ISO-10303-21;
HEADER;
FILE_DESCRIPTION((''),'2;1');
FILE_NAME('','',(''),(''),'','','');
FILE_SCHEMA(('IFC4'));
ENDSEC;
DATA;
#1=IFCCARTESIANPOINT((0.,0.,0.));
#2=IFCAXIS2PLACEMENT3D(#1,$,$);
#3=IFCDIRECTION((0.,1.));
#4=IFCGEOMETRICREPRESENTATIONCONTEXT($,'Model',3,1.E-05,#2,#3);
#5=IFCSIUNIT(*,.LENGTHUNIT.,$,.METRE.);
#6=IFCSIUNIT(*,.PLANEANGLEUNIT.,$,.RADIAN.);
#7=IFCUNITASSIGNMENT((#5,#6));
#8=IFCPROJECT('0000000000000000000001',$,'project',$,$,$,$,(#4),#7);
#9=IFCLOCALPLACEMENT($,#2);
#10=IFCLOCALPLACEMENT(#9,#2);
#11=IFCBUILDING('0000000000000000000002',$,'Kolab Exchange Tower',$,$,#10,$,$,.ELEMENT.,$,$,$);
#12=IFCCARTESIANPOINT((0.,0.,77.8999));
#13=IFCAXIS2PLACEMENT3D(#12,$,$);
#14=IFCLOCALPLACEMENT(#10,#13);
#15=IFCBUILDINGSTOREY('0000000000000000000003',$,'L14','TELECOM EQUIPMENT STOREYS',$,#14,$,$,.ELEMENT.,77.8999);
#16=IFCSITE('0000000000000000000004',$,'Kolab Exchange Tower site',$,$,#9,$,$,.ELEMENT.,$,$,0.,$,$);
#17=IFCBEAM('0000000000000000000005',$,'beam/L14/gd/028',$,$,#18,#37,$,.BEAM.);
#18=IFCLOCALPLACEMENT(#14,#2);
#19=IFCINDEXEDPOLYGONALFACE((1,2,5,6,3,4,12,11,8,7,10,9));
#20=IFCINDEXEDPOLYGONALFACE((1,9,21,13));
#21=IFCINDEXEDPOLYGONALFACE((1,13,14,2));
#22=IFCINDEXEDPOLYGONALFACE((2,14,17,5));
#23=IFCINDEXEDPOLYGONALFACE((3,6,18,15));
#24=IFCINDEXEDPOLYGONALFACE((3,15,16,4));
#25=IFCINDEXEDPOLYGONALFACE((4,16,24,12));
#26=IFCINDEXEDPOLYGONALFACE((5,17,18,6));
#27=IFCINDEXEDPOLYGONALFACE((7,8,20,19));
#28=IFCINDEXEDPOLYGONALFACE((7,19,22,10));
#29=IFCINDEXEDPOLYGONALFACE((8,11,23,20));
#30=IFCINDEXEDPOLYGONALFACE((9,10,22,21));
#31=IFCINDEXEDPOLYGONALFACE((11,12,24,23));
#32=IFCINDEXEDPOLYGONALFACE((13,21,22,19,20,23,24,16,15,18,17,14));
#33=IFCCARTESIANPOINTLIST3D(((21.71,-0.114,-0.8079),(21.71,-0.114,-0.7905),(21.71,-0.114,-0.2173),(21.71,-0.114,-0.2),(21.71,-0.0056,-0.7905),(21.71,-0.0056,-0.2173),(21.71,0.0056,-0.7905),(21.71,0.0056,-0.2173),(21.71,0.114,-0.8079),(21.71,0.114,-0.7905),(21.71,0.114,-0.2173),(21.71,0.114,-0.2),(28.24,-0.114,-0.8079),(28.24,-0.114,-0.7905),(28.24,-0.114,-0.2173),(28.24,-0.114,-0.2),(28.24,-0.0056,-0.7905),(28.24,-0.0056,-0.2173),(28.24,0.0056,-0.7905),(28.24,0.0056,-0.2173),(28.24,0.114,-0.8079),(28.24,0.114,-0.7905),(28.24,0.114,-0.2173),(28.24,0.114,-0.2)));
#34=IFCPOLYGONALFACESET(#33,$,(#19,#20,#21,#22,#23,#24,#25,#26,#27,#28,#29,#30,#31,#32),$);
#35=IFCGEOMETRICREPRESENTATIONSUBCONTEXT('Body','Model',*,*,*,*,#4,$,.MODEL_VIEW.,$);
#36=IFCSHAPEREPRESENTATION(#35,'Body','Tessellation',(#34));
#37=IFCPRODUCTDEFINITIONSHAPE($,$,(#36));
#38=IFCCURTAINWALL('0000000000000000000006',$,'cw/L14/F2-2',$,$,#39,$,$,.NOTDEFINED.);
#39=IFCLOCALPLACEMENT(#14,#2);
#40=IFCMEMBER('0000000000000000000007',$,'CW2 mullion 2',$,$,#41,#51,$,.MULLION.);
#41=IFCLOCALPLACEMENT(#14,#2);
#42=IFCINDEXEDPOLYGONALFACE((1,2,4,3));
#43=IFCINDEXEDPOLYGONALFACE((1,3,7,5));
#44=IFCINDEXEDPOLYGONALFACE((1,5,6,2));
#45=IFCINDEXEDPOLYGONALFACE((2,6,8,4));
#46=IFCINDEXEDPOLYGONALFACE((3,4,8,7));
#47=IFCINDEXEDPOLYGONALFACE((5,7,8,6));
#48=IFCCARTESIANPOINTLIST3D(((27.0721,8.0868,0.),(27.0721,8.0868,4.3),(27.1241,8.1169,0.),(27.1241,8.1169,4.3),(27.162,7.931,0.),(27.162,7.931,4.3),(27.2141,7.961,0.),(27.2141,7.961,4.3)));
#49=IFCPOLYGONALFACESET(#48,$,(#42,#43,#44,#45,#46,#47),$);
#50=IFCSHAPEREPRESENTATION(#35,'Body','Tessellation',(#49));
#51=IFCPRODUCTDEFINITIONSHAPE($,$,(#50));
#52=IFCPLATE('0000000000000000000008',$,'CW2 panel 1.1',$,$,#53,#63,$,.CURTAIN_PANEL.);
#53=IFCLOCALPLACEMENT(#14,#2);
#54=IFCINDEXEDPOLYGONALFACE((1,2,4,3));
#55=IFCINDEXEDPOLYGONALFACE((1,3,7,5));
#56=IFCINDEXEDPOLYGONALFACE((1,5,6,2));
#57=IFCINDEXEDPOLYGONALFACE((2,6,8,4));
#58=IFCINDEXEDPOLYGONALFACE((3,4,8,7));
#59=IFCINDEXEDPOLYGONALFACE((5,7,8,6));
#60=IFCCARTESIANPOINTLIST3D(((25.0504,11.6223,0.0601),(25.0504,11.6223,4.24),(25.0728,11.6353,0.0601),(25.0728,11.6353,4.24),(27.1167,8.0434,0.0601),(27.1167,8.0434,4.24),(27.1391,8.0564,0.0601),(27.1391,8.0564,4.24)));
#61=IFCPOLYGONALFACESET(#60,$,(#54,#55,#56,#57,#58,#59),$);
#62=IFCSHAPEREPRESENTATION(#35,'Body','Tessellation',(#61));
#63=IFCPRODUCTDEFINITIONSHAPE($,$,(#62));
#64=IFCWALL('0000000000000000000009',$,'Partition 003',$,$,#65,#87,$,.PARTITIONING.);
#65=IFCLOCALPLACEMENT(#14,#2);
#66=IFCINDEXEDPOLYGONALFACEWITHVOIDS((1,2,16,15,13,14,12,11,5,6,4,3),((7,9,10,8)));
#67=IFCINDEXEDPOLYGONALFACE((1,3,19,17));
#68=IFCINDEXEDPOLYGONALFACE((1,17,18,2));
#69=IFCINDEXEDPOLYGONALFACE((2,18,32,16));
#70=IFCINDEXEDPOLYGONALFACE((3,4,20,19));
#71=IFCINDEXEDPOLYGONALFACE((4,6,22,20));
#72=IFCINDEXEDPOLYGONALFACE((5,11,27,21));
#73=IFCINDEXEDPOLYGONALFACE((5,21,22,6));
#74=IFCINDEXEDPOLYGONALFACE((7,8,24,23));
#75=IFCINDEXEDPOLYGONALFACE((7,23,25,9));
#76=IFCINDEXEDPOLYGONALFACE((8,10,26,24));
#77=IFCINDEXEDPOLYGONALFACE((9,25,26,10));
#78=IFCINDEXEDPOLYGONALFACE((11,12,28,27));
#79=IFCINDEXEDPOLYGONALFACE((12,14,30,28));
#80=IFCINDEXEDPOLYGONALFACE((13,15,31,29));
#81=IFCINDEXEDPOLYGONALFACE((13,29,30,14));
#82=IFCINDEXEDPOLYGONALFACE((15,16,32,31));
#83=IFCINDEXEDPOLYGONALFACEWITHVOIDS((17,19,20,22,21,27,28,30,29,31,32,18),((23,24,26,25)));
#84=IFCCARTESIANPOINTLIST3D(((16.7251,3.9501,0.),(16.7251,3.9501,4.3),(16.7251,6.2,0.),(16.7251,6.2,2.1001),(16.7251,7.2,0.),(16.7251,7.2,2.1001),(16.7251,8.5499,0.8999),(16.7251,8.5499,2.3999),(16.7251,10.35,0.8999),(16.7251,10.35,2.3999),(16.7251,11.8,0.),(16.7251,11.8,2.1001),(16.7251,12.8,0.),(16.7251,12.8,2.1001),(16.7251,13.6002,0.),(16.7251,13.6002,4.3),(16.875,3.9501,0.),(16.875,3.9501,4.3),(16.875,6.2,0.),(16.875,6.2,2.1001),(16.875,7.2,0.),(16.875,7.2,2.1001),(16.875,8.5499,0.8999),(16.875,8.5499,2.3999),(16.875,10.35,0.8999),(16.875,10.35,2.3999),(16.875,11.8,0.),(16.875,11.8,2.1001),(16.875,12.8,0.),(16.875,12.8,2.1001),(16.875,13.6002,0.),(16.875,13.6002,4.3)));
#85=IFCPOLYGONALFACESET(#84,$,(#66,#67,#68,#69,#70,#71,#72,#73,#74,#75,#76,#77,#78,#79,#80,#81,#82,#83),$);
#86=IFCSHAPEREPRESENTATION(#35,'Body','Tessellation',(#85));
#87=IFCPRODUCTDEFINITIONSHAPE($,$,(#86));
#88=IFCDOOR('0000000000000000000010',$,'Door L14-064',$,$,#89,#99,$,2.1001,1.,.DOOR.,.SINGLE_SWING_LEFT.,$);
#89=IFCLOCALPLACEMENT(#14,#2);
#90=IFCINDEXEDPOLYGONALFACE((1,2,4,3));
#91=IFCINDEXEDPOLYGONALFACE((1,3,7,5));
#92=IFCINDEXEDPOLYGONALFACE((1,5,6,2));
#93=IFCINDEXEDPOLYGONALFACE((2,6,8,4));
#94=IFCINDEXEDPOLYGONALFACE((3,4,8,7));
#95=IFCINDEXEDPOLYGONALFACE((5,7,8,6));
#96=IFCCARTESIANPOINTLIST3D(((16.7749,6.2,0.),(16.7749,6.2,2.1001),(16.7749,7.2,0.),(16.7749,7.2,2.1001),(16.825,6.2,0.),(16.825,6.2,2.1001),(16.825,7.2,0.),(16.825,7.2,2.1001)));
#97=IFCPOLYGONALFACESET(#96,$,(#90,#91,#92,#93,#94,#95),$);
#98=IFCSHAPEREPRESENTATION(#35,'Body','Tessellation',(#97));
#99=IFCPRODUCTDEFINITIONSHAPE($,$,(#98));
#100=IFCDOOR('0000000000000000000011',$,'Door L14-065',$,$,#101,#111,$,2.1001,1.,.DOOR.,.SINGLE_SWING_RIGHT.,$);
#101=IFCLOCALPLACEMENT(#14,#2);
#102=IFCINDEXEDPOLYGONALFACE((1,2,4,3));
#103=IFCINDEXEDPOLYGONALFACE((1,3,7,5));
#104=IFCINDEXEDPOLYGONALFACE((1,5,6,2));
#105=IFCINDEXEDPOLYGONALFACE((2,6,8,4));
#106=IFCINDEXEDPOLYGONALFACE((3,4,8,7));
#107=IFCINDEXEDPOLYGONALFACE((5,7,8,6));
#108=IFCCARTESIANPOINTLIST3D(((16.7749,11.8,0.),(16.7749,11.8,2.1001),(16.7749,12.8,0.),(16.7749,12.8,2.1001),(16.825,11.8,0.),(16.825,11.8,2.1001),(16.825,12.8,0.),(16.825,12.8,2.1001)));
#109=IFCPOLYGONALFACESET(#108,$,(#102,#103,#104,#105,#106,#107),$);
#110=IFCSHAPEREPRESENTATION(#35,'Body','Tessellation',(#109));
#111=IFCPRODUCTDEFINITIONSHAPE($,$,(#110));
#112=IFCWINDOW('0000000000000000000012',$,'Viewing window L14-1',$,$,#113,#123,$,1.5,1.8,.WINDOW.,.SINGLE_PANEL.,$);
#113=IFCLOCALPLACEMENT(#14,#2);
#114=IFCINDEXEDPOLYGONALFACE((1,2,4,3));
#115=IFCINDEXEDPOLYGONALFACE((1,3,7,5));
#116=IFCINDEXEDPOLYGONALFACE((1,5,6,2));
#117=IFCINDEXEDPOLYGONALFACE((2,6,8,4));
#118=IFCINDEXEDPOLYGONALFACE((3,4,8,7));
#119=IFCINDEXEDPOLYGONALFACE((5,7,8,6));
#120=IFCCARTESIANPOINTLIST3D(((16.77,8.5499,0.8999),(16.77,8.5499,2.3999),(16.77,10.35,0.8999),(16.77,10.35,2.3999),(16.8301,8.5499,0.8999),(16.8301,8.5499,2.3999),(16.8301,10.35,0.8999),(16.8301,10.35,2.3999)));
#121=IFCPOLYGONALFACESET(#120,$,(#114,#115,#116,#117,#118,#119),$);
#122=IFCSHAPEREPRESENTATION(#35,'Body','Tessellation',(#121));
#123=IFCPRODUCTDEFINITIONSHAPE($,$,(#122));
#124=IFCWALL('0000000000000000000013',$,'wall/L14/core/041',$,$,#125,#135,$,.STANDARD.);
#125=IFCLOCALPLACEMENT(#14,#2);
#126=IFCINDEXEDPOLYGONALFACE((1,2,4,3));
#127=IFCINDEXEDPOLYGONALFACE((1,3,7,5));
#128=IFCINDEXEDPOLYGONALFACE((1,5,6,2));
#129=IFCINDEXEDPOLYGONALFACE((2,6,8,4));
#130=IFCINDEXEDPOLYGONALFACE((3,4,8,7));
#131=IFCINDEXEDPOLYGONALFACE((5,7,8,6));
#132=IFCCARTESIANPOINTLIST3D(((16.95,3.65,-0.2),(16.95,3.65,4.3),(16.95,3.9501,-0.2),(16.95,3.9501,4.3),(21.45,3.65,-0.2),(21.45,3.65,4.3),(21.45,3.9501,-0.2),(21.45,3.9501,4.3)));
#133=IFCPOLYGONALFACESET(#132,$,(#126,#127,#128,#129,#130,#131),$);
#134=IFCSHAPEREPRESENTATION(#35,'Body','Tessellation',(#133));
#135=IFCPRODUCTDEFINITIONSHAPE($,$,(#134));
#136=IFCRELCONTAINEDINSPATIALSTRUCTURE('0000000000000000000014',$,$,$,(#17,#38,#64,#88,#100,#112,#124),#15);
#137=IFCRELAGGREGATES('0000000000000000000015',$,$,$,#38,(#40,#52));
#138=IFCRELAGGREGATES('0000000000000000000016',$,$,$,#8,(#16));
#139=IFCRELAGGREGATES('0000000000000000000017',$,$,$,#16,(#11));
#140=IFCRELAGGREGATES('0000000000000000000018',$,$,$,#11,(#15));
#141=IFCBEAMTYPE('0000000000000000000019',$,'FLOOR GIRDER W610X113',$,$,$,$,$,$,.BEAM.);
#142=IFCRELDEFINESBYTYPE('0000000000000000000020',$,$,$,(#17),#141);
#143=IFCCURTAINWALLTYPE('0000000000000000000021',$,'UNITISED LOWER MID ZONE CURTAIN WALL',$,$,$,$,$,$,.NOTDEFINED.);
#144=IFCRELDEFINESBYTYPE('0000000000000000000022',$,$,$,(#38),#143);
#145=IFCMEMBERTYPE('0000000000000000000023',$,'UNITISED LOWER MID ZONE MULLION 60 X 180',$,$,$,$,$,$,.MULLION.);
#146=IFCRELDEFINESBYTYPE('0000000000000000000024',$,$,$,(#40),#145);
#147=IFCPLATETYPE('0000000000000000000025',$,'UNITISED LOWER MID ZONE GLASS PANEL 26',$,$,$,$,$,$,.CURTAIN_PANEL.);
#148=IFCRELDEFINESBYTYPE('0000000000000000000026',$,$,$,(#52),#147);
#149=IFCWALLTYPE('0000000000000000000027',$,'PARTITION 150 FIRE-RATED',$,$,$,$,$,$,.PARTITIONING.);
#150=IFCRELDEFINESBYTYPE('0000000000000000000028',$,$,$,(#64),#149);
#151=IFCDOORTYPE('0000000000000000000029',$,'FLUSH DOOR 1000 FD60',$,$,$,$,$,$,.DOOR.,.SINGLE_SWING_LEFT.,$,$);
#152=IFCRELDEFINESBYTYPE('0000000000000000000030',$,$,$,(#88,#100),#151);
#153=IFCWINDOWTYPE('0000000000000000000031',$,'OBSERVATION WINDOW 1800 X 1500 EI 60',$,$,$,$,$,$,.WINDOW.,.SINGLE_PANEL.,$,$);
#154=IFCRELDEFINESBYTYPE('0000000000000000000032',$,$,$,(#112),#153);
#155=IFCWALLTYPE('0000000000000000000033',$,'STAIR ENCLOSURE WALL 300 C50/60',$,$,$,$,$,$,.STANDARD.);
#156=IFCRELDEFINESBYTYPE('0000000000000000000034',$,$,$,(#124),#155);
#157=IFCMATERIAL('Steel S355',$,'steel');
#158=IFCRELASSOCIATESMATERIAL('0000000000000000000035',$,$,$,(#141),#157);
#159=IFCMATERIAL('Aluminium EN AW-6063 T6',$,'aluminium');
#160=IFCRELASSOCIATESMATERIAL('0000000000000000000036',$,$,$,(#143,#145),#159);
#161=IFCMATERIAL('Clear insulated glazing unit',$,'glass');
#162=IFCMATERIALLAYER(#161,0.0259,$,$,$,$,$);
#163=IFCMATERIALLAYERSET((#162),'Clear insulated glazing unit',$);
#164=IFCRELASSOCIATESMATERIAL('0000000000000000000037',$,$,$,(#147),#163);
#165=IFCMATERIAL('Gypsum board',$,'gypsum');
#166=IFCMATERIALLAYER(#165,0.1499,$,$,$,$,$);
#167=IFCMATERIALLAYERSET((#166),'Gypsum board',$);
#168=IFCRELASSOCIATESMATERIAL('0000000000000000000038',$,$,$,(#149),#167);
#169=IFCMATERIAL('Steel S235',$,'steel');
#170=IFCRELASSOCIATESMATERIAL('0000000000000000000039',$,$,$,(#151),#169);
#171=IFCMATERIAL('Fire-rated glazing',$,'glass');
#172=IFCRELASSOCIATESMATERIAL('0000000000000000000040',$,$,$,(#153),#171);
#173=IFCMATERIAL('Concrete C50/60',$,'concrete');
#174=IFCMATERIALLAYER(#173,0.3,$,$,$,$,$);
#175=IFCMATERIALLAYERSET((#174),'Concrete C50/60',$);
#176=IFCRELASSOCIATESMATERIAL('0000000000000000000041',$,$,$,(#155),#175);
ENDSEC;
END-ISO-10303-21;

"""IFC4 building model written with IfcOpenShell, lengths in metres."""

from ifc_helpers import new_model, si_unit, direction, frame, frame_2d, origin, origin_2d, place, context, subcontext, project, spatial, rectangle, i_section, extrude, material, layer, layer_set, material_profile, profile_set, type_object, element, fill, aggregate, save


model = new_model("IFC4")

# Units and contexts
model_context = context("Model", 3, precision=1e-05, world=origin(), true_north=direction((0.0, 1.0)))
body_context = subcontext(model_context, "Body", "Model", "MODEL_VIEW")
ifc_project = project(units=[si_unit("LENGTHUNIT", "METRE"), si_unit("PLANEANGLEUNIT", "RADIAN")], contexts=[model_context])

# Site, building, storey
site_placement = place(None, origin())
site = spatial("IfcSite", under=ifc_project, at=site_placement, Name="Kolab Exchange Tower site", CompositionType="ELEMENT", RefElevation=0.0)
building_placement = place(site_placement, origin())
building = spatial("IfcBuilding", under=site, at=building_placement, Name="Kolab Exchange Tower", CompositionType="ELEMENT")
storey_placement = place(building_placement, frame((0.0, 0.0, 77.8999)))
storey = spatial("IfcBuildingStorey", under=building, at=storey_placement, Name="L14", Description="TELECOM EQUIPMENT STOREYS", CompositionType="ELEMENT", Elevation=77.8999)

# Beam
ifc_material_1 = material(Name="Steel S355", Category="steel")
ifc_material_profile_1 = material_profile(ifc_material_1, i_section(OverallWidth=0.228, OverallDepth=0.6079, WebThickness=0.0112, FlangeThickness=0.0173, at=origin_2d()), Name="W610X113")
ifc_profile_set_1 = profile_set([ifc_material_profile_1], Name="Steel S355")
beam_type_1 = type_object("IfcBeamType", Name="FLOOR GIRDER W610X113", PredefinedType="BEAM", material=ifc_profile_set_1)
beam_1_placement = place(storey_placement, frame((21.71, 0.0, -0.5039), z_axis=(1.0, 0.0, 0.0), x_axis=(0.0, 1.0, 0.0)))
element("IfcBeam", 1, at=beam_1_placement, inside=storey, type_object=beam_type_1, Name="beam/L14/gd/028", PredefinedType="BEAM", context=body_context, shape_type="SweptSolid", body=[
    extrude(i_section(OverallWidth=0.228, OverallDepth=0.6079, WebThickness=0.0112, FlangeThickness=0.0173, at=origin_2d()), origin(), (0.0, 0.0, 1.0), 6.53),
])

# Curtain wall, member, plate
ifc_material_2 = material(Name="Aluminium EN AW-6063 T6", Category="aluminium")
curtain_wall_type = type_object("IfcCurtainWallType", Name="UNITISED LOWER MID ZONE CURTAIN WALL", PredefinedType="NOTDEFINED", material=ifc_material_2)
curtain_wall_placement = place(storey_placement, origin())
curtain_wall = element("IfcCurtainWall", 2, at=curtain_wall_placement, inside=storey, type_object=curtain_wall_type, Name="cw/L14/F2-2", PredefinedType="NOTDEFINED")
ifc_material_profile_2 = material_profile(ifc_material_2, rectangle(XDim=0.0601, YDim=0.1799, at=origin_2d()), Name="RECT 60X180")
ifc_profile_set_2 = profile_set([ifc_material_profile_2], Name="Aluminium EN AW-6063 T6")
member_type = type_object("IfcMemberType", Name="UNITISED LOWER MID ZONE MULLION 60 X 180", PredefinedType="MULLION", material=ifc_profile_set_2)
member_placement = place(storey_placement, frame((27.1431, 8.0239, 0.0), z_axis=(0.0, 0.0, 1.0), x_axis=(0.866025, 0.5, 0.0)))
member = element("IfcMember", 3, at=member_placement, type_object=member_type, Name="CW2 mullion 2", PredefinedType="MULLION", context=body_context, shape_type="SweptSolid", body=[
    extrude(rectangle(XDim=0.0601, YDim=0.1799, at=origin_2d()), origin(), (0.0, 0.0, 1.0), 4.3),
])
ifc_material_3 = material(Name="Clear insulated glazing unit", Category="glass")
ifc_layer_1 = layer(ifc_material_3, 0.0259)
ifc_layer_set_1 = layer_set([ifc_layer_1], Name="Clear insulated glazing unit")
plate_type = type_object("IfcPlateType", Name="UNITISED LOWER MID ZONE GLASS PANEL 26", PredefinedType="CURTAIN_PANEL", material=ifc_layer_set_1)
plate_placement = place(storey_placement, frame((26.0947, 9.8394, 0.0601), z_axis=(0.0, 0.0, 1.0), x_axis=(0.5, -0.866025, 0.0)))
plate = element("IfcPlate", 4, at=plate_placement, type_object=plate_type, Name="CW2 panel 1.1", PredefinedType="CURTAIN_PANEL", context=body_context, shape_type="SweptSolid", body=[
    extrude(rectangle(XDim=4.1326, YDim=0.0259, at=origin_2d()), origin(), (0.0, 0.0, 1.0), 4.1799),
])
aggregate(curtain_wall, [member, plate])

# Wall, openings, doors, window
ifc_material_4 = material(Name="Gypsum board", Category="gypsum")
ifc_layer_2 = layer(ifc_material_4, 0.1499)
ifc_layer_set_2 = layer_set([ifc_layer_2], Name="Gypsum board")
wall_type_1 = type_object("IfcWallType", Name="PARTITION 150 FIRE-RATED", PredefinedType="PARTITIONING", material=ifc_layer_set_2)
wall_1_placement = place(storey_placement, frame((16.8, 3.95, 0.0), z_axis=(0.0, 0.0, 1.0), x_axis=(0.0, 1.0, 0.0)))
wall_1 = element("IfcWall", 5, at=wall_1_placement, inside=storey, type_object=wall_type_1, Name="Partition 003", PredefinedType="PARTITIONING", context=body_context, shape_type="SweptSolid", body=[
    extrude(rectangle(XDim=9.6501, YDim=0.1499, at=frame_2d((4.8252, 0.0))), origin(), (0.0, 0.0, 1.0), 4.3),
])
opening_1_placement = place(wall_1_placement, frame((2.25, 0.0, 0.0)))
opening_1 = element("IfcOpeningElement", 6, at=opening_1_placement, cuts=wall_1, PredefinedType="OPENING", context=body_context, shape_type="SweptSolid", body=[
    extrude(rectangle(XDim=1.0, YDim=2.1001, at=frame_2d((0.5, 1.05))), frame((0.0, 0.085, 0.0), z_axis=(0.0, -1.0, 0.0), x_axis=(1.0, 0.0, 0.0)), (0.0, 0.0, 1.0), 0.1699),
])
opening_2_placement = place(wall_1_placement, frame((7.8501, 0.0, 0.0)))
opening_2 = element("IfcOpeningElement", 7, at=opening_2_placement, cuts=wall_1, PredefinedType="OPENING", context=body_context, shape_type="SweptSolid", body=[
    extrude(rectangle(XDim=1.0, YDim=2.1001, at=frame_2d((0.5, 1.05))), frame((0.0, 0.085, 0.0), z_axis=(0.0, -1.0, 0.0), x_axis=(1.0, 0.0, 0.0)), (0.0, 0.0, 1.0), 0.1699),
])
opening_3_placement = place(wall_1_placement, frame((4.6001, 0.0, 0.8999)))
opening_3 = element("IfcOpeningElement", 8, at=opening_3_placement, cuts=wall_1, PredefinedType="OPENING", context=body_context, shape_type="SweptSolid", body=[
    extrude(rectangle(XDim=1.8, YDim=1.5, at=frame_2d((0.8999, 0.75))), frame((0.0, 0.085, 0.0), z_axis=(0.0, -1.0, 0.0), x_axis=(1.0, 0.0, 0.0)), (0.0, 0.0, 1.0), 0.1699),
])
ifc_material_5 = material(Name="Steel S235", Category="steel")
door_type = type_object("IfcDoorType", Name="FLUSH DOOR 1000 FD60", OperationType="SINGLE_SWING_LEFT", PredefinedType="DOOR", material=ifc_material_5)
door_1_placement = place(opening_1_placement, frame((1.0, 0.0, 0.0), z_axis=(0.0, 0.0, 1.0), x_axis=(-1.0, 0.0, 0.0)))
door_1 = element("IfcDoor", 9, at=door_1_placement, inside=storey, type_object=door_type, Name="Door L14-064", OperationType="SINGLE_SWING_LEFT", OverallHeight=2.1001, OverallWidth=1.0, PredefinedType="DOOR", context=body_context, shape_type="SweptSolid", body=[
    extrude(rectangle(XDim=1.0, YDim=2.1001, at=frame_2d((0.5, 1.05))), frame((0.0, 0.0249, 0.0), z_axis=(0.0, -1.0, 0.0), x_axis=(1.0, 0.0, 0.0)), (0.0, 0.0, 1.0), 0.05),
])
fill(opening_1, door_1)
door_2_placement = place(opening_2_placement, frame((1.0, 0.0, 0.0), z_axis=(0.0, 0.0, 1.0), x_axis=(-1.0, 0.0, 0.0)))
door_2 = element("IfcDoor", 10, at=door_2_placement, inside=storey, type_object=door_type, Name="Door L14-065", OperationType="SINGLE_SWING_RIGHT", OverallHeight=2.1001, OverallWidth=1.0, PredefinedType="DOOR", context=body_context, shape_type="SweptSolid", body=[
    extrude(rectangle(XDim=1.0, YDim=2.1001, at=frame_2d((0.5, 1.05))), frame((0.0, 0.0249, 0.0), z_axis=(0.0, -1.0, 0.0), x_axis=(1.0, 0.0, 0.0)), (0.0, 0.0, 1.0), 0.05),
])
fill(opening_2, door_2)
ifc_material_6 = material(Name="Fire-rated glazing", Category="glass")
window_type = type_object("IfcWindowType", Name="OBSERVATION WINDOW 1800 X 1500 EI 60", PartitioningType="SINGLE_PANEL", PredefinedType="WINDOW", material=ifc_material_6)
window_placement = place(opening_3_placement, origin())
window = element("IfcWindow", 11, at=window_placement, inside=storey, type_object=window_type, Name="Viewing window L14-1", OverallHeight=1.5, OverallWidth=1.8, PartitioningType="SINGLE_PANEL", PredefinedType="WINDOW", context=body_context, shape_type="SweptSolid", body=[
    extrude(rectangle(XDim=1.8, YDim=1.5, at=frame_2d((0.8999, 0.75))), frame((0.0, 0.03, 0.0), z_axis=(0.0, -1.0, 0.0), x_axis=(1.0, 0.0, 0.0)), (0.0, 0.0, 1.0), 0.0601),
])
fill(opening_3, window)

# Wall
ifc_material_7 = material(Name="Concrete C50/60", Category="concrete")
ifc_layer_3 = layer(ifc_material_7, 0.3)
ifc_layer_set_3 = layer_set([ifc_layer_3], Name="Concrete C50/60")
wall_type_2 = type_object("IfcWallType", Name="STAIR ENCLOSURE WALL 300 C50/60", PredefinedType="STANDARD", material=ifc_layer_set_3)
wall_2_placement = place(storey_placement, frame((16.95, 3.8, -0.2), z_axis=(0.0, 0.0, 1.0), x_axis=(1.0, 0.0, 0.0)))
element("IfcWall", 12, at=wall_2_placement, inside=storey, type_object=wall_type_2, Name="wall/L14/core/041", PredefinedType="STANDARD", context=body_context, shape_type="SweptSolid", body=[
    extrude(rectangle(XDim=4.5, YDim=0.3, at=frame_2d((2.25, 0.0))), origin(), (0.0, 0.0, 1.0), 4.5),
])

save(model, "model.ifc")
